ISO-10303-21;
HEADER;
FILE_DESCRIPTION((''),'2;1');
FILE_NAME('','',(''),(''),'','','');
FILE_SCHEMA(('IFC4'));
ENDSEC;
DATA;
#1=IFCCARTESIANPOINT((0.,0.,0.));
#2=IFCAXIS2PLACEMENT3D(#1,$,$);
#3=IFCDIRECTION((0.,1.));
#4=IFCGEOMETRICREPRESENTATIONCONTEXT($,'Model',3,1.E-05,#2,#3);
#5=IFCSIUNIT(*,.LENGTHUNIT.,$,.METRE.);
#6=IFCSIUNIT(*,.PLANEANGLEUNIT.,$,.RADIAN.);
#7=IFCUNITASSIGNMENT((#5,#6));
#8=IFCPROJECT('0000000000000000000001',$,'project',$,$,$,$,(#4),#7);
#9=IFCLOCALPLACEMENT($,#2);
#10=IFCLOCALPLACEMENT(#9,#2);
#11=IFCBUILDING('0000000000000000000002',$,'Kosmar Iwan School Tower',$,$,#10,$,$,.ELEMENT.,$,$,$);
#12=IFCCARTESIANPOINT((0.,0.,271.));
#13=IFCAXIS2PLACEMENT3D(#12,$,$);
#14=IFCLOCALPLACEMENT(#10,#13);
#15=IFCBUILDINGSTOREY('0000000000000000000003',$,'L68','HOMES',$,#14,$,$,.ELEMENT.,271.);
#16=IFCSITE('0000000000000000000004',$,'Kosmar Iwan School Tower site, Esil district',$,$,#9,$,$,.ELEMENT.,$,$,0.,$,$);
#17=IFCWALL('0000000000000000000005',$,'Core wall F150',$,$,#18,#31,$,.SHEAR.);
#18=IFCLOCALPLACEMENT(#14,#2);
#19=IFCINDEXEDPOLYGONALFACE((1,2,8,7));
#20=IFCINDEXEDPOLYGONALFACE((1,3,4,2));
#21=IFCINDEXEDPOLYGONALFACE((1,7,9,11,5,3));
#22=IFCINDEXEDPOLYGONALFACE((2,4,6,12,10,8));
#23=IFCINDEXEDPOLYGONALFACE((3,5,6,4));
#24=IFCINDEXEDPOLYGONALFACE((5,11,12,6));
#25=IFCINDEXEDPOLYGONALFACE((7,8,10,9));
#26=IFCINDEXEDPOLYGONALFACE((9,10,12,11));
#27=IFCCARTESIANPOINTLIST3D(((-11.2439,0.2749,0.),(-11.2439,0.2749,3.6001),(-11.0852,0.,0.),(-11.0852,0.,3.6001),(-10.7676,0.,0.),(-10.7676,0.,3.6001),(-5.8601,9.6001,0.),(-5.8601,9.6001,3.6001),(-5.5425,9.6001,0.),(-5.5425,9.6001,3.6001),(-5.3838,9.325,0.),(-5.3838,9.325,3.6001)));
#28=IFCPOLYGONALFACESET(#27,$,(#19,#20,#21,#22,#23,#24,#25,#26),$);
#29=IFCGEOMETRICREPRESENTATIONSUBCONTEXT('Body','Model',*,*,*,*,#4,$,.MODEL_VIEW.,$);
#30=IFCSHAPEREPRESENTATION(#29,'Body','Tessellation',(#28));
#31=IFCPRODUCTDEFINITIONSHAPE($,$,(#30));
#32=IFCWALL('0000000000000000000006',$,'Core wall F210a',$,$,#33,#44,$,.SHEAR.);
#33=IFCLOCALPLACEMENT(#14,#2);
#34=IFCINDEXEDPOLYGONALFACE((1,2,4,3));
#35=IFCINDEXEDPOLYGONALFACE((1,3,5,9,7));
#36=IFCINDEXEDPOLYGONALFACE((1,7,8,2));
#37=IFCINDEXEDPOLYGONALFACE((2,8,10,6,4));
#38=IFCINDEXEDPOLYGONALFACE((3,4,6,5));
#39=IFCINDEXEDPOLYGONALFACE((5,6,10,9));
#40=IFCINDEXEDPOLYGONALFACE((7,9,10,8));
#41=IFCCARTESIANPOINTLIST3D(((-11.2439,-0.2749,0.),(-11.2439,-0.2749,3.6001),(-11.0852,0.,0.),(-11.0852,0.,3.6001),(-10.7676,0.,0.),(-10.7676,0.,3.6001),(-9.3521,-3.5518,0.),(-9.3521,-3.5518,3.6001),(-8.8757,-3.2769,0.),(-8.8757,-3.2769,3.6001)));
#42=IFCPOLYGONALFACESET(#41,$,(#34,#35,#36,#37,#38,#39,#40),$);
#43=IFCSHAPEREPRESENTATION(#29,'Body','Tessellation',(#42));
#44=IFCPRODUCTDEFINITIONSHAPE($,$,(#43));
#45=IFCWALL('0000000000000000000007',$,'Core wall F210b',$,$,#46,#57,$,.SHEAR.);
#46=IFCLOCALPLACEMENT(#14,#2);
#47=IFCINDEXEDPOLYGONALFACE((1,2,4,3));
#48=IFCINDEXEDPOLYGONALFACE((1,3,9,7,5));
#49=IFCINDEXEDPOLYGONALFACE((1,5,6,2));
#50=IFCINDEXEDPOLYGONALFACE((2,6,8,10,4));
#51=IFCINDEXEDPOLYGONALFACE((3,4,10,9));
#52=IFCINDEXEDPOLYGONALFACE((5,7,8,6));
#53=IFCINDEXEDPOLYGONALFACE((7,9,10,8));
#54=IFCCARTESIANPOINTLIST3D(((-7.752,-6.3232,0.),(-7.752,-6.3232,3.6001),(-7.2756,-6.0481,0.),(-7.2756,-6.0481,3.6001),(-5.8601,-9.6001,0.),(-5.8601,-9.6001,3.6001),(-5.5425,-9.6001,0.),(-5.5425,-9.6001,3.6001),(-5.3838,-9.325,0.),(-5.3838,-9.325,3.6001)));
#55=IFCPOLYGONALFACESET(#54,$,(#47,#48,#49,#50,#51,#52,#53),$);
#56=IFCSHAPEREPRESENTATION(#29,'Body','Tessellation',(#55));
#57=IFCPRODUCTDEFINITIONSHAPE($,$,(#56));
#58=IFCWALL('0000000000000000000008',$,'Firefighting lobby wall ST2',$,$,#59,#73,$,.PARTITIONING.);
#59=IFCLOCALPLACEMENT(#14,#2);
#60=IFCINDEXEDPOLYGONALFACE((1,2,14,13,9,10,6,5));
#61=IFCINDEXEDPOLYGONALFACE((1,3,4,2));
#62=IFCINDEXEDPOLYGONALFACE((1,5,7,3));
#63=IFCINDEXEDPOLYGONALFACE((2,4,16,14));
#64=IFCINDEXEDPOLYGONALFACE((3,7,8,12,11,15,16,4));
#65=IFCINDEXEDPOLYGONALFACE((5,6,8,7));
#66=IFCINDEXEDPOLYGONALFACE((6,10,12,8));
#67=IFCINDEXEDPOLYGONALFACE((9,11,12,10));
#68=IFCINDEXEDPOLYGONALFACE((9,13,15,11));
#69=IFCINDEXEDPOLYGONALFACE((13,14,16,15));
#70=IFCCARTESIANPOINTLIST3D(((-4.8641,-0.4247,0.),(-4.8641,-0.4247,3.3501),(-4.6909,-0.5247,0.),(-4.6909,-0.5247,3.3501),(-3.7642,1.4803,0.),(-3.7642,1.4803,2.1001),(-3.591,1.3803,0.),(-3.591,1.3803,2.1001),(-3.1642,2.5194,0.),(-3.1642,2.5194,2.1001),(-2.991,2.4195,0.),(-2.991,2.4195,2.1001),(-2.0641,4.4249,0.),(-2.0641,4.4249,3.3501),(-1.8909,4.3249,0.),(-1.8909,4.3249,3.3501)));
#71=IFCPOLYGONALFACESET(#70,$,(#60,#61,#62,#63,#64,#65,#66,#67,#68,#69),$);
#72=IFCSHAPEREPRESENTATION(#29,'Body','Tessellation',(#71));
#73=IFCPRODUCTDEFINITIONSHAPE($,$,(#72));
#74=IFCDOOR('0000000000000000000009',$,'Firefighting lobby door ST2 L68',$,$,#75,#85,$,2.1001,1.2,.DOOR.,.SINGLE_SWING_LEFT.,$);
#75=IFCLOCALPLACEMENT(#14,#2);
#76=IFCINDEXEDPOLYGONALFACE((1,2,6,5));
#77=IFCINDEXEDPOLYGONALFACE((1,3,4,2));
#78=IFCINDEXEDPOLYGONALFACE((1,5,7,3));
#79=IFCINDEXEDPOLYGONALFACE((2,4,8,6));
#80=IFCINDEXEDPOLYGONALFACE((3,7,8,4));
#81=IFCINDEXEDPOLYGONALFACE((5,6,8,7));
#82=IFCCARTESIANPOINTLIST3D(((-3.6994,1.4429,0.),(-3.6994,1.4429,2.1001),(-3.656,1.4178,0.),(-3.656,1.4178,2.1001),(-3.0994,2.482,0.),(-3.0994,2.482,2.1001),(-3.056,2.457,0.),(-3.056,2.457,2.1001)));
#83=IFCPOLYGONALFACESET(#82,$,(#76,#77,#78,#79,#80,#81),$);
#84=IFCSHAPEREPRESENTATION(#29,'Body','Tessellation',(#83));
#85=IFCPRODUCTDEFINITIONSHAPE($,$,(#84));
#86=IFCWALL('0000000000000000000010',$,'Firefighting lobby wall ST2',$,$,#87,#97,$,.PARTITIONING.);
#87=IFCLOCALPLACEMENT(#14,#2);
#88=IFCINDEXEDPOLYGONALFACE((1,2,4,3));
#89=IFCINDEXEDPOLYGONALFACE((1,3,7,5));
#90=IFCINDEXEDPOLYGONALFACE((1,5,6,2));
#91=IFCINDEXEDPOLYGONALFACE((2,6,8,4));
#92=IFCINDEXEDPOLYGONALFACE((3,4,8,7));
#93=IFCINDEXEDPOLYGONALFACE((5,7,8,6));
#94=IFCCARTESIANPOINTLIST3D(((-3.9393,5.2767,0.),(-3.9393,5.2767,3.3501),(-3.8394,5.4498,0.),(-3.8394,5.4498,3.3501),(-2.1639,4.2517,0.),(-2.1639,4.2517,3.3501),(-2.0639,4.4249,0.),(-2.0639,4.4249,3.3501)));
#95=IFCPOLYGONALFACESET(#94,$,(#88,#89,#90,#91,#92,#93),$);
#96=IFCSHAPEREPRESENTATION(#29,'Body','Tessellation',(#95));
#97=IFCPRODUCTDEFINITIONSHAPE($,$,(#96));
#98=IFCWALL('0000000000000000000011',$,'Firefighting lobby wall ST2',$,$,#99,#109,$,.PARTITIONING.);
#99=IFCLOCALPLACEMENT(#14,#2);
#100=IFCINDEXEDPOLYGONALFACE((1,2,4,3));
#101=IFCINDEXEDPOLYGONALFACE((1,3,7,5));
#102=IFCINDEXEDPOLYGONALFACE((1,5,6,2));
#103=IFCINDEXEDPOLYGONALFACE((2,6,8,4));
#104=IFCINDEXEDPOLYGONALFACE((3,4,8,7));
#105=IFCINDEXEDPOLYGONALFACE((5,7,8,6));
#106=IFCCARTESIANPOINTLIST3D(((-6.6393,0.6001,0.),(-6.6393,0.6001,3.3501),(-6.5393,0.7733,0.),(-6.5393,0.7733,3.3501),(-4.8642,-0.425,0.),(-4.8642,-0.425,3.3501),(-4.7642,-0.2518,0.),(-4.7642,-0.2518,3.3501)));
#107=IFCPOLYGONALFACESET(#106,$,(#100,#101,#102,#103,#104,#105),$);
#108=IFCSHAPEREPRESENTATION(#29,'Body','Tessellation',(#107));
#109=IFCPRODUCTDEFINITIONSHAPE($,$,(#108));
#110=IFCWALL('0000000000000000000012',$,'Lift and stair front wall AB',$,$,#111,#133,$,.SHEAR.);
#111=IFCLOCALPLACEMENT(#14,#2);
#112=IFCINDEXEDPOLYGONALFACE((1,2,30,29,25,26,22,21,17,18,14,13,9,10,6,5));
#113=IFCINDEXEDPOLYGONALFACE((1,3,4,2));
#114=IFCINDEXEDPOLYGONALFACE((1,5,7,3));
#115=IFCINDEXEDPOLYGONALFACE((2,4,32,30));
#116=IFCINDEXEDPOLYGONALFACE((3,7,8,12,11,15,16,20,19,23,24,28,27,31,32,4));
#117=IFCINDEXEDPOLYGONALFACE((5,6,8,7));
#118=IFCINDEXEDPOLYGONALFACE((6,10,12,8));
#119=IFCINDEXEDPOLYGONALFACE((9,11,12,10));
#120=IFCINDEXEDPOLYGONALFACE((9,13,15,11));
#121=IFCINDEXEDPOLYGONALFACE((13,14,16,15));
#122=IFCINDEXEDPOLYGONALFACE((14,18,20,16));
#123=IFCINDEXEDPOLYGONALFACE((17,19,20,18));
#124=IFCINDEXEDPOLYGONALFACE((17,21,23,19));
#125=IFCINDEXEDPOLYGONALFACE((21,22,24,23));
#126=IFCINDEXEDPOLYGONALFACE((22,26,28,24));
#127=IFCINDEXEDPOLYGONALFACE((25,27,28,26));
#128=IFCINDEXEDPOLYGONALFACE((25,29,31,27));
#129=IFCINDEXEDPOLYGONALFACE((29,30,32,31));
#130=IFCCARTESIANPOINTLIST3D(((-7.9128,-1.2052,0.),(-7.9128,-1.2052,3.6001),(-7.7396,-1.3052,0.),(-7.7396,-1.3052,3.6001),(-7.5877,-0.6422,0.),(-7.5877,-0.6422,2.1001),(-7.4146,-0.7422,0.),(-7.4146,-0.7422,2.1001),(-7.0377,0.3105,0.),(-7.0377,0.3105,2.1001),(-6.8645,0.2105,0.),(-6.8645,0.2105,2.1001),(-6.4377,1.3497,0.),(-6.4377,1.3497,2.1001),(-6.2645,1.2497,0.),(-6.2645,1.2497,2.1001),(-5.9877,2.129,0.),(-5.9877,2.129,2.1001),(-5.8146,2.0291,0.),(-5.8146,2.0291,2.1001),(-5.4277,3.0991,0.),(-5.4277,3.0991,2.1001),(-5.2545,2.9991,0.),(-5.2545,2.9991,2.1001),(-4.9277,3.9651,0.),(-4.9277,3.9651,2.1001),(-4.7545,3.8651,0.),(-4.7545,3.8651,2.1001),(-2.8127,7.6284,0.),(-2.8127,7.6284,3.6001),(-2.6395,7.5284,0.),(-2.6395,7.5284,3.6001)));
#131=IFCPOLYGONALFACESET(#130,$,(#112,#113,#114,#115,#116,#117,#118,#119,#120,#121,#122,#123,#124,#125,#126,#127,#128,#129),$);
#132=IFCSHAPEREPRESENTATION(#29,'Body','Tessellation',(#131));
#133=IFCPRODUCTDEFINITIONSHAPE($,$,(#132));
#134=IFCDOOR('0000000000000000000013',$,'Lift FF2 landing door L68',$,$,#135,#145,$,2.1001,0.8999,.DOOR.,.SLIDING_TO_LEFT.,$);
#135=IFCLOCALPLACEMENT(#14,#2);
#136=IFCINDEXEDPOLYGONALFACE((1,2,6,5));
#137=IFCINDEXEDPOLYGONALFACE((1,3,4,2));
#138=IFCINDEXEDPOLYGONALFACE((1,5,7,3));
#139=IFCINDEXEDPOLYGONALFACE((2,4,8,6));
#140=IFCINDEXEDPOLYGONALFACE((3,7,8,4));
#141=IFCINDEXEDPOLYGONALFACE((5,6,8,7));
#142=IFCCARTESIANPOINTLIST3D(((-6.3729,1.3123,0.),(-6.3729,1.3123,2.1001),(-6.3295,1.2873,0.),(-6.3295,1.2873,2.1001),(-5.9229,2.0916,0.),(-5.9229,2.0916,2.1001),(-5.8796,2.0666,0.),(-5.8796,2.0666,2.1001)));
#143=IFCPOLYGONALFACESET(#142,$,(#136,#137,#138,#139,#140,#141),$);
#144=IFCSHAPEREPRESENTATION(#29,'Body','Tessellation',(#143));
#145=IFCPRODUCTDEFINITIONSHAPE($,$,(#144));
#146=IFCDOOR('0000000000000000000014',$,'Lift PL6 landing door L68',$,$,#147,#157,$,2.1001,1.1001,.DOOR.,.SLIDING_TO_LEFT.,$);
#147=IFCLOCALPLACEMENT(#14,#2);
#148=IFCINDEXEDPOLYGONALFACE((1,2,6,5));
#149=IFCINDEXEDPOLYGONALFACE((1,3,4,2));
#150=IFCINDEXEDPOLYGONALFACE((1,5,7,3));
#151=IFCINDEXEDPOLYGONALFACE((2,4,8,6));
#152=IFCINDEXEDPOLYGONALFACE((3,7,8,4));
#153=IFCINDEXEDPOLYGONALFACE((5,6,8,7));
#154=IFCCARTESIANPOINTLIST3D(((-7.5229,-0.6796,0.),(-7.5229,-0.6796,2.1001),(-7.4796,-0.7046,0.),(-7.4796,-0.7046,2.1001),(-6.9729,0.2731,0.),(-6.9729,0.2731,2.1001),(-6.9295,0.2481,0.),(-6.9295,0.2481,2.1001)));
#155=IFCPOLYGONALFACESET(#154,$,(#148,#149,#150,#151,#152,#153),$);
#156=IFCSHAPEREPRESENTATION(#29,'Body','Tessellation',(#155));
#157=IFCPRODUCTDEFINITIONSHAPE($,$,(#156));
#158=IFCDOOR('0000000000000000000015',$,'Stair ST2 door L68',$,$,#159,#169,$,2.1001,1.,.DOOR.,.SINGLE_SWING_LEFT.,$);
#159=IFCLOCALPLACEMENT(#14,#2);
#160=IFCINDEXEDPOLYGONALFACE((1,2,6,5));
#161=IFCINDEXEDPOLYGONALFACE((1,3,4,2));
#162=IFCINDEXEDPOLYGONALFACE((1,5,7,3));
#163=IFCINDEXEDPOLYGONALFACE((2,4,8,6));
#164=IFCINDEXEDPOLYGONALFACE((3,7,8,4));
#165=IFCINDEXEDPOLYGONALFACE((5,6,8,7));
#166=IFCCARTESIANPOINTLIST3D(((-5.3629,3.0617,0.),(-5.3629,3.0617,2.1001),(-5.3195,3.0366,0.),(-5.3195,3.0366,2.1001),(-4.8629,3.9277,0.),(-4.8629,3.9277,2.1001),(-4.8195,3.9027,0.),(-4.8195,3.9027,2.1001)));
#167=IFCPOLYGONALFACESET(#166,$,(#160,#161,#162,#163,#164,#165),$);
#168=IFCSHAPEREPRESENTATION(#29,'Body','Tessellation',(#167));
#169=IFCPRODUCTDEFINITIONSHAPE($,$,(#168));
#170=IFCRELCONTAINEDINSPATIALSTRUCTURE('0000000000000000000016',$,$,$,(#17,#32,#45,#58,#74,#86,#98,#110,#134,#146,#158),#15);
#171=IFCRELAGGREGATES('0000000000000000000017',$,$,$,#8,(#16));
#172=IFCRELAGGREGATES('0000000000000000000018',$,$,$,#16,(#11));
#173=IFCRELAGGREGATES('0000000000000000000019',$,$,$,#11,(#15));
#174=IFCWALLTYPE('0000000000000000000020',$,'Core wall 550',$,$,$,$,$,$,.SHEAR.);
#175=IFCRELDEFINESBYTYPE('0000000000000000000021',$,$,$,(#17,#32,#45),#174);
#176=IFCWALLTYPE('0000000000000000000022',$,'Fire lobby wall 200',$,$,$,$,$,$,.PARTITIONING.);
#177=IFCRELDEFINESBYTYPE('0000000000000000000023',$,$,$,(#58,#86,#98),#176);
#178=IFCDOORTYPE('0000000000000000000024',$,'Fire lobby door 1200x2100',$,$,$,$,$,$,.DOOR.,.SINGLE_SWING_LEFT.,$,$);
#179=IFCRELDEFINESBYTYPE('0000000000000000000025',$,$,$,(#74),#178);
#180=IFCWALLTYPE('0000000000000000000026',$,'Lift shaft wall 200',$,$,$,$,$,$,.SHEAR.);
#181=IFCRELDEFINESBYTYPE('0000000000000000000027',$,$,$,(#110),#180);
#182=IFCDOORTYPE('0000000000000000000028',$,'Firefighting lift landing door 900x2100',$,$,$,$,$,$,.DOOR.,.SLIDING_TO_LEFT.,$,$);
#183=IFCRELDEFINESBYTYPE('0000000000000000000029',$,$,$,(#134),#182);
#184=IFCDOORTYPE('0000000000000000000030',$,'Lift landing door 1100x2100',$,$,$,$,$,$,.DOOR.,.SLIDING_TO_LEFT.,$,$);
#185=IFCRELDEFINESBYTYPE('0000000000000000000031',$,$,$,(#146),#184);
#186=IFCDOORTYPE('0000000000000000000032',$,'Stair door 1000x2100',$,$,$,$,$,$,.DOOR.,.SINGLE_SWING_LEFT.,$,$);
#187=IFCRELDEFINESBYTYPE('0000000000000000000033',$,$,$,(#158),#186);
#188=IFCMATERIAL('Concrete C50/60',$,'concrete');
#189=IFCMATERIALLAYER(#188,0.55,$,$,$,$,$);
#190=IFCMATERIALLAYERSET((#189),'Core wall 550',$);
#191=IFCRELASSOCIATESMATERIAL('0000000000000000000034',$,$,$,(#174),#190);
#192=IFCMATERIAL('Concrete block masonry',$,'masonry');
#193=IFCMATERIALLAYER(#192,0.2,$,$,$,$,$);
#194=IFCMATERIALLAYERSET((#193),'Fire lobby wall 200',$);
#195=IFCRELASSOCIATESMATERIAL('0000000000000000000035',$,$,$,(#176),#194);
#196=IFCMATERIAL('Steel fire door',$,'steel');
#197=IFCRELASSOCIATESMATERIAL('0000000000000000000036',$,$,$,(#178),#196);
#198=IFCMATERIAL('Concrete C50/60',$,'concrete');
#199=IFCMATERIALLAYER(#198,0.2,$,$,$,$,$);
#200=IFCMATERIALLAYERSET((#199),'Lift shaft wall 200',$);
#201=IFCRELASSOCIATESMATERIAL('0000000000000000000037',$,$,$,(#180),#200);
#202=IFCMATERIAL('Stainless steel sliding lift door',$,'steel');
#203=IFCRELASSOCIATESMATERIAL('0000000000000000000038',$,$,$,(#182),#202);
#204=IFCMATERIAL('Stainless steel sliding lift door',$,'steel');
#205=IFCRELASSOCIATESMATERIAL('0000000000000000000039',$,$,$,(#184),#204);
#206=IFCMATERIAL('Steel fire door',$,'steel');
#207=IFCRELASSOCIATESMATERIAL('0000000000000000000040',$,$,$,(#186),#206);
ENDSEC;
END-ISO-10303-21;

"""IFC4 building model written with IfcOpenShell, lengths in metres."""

from ifc_helpers import new_model, si_unit, direction, frame, frame_2d, origin, place, context, subcontext, project, spatial, polyline, rectangle, outline, extrude, material, layer, layer_set, type_object, element, fill, save


model = new_model("IFC4")

# Units and contexts
model_context = context("Model", 3, precision=1e-05, world=origin(), true_north=direction((0.0, 1.0)))
body_context = subcontext(model_context, "Body", "Model", "MODEL_VIEW")
ifc_project = project(units=[si_unit("LENGTHUNIT", "METRE"), si_unit("PLANEANGLEUNIT", "RADIAN")], contexts=[model_context])

# Site, building, storey
site_placement = place(None, origin())
site = spatial("IfcSite", under=ifc_project, at=site_placement, Name="Kosmar Iwan School Tower site, Esil district", CompositionType="ELEMENT", RefElevation=0.0)
building_placement = place(site_placement, origin())
building = spatial("IfcBuilding", under=site, at=building_placement, Name="Kosmar Iwan School Tower", CompositionType="ELEMENT")
storey_placement = place(building_placement, frame((0.0, 0.0, 271.0)))
storey = spatial("IfcBuildingStorey", under=building, at=storey_placement, Name="L68", Description="HOMES", CompositionType="ELEMENT", Elevation=271.0)

# Walls
ifc_material_1 = material(Name="Concrete C50/60", Category="concrete")
ifc_layer_1 = layer(ifc_material_1, 0.55)
ifc_layer_set_1 = layer_set([ifc_layer_1], Name="Core wall 550")
wall_type_1 = type_object("IfcWallType", Name="Core wall 550", PredefinedType="SHEAR", material=ifc_layer_set_1)
wall_1_placement = place(storey_placement, origin())
element("IfcWall", 1, at=wall_1_placement, inside=storey, type_object=wall_type_1, Name="Core wall F150", PredefinedType="SHEAR", context=body_context, shape_type="SweptSolid", body=[
    extrude(outline(polyline([(-11.0852, 0.0), (-10.7676, 0.0), (-5.3838, 9.325), (-5.5425, 9.6001), (-5.8601, 9.6001), (-11.2439, 0.2749), (-11.0852, 0.0)])), origin(), (0.0, 0.0, 1.0), 3.6001),
])
wall_2_placement = place(storey_placement, origin())
element("IfcWall", 2, at=wall_2_placement, inside=storey, type_object=wall_type_1, Name="Core wall F210a", PredefinedType="SHEAR", context=body_context, shape_type="SweptSolid", body=[
    extrude(outline(polyline([(-9.3521, -3.5518), (-8.8757, -3.2769), (-10.7676, 0.0), (-11.0852, 0.0), (-11.2439, -0.2749), (-9.3521, -3.5518)])), origin(), (0.0, 0.0, 1.0), 3.6001),
])
wall_3_placement = place(storey_placement, origin())
element("IfcWall", 3, at=wall_3_placement, inside=storey, type_object=wall_type_1, Name="Core wall F210b", PredefinedType="SHEAR", context=body_context, shape_type="SweptSolid", body=[
    extrude(outline(polyline([(-5.8601, -9.6001), (-5.5425, -9.6001), (-5.3838, -9.325), (-7.2756, -6.0481), (-7.752, -6.3232), (-5.8601, -9.6001)])), origin(), (0.0, 0.0, 1.0), 3.6001),
])

# Wall, opening, door
ifc_material_2 = material(Name="Concrete block masonry", Category="masonry")
ifc_layer_2 = layer(ifc_material_2, 0.2)
ifc_layer_set_2 = layer_set([ifc_layer_2], Name="Fire lobby wall 200")
wall_type_2 = type_object("IfcWallType", Name="Fire lobby wall 200", PredefinedType="PARTITIONING", material=ifc_layer_set_2)
wall_4_placement = place(storey_placement, frame((-1.9775, 4.3748, 0.0), z_axis=(0.0, 0.0, 1.0), x_axis=(-0.500017, -0.866016, 0.0)))
wall_4 = element("IfcWall", 4, at=wall_4_placement, inside=storey, type_object=wall_type_2, Name="Firefighting lobby wall ST2", PredefinedType="PARTITIONING", context=body_context, shape_type="SweptSolid", body=[
    extrude(rectangle(XDim=5.5999, YDim=0.2, at=frame_2d((2.7998, 0.0))), origin(), (0.0, 0.0, 1.0), 3.3501),
])
opening_1_placement = place(wall_4_placement, frame((2.2, 0.0, 0.0)))
opening_1 = element("IfcOpeningElement", 5, at=opening_1_placement, cuts=wall_4, PredefinedType="OPENING", context=body_context, shape_type="SweptSolid", body=[
    extrude(rectangle(XDim=1.2, YDim=2.1001, at=frame_2d((0.6001, 1.05))), frame((0.0, 0.1121, 0.0), z_axis=(0.0, -1.0, 0.0), x_axis=(1.0, 0.0, 0.0)), (0.0, 0.0, 1.0), 0.2239),
])
ifc_material_3 = material(Name="Steel fire door", Category="steel")
door_type_1 = type_object("IfcDoorType", Name="Fire lobby door 1200x2100", OperationType="SINGLE_SWING_LEFT", PredefinedType="DOOR", material=ifc_material_3)
door_1_placement = place(opening_1_placement, origin())
door_1 = element("IfcDoor", 6, at=door_1_placement, inside=storey, type_object=door_type_1, Name="Firefighting lobby door ST2 L68", OperationType="SINGLE_SWING_LEFT", OverallHeight=2.1001, OverallWidth=1.2, PredefinedType="DOOR", context=body_context, shape_type="SweptSolid", body=[
    extrude(rectangle(XDim=1.2, YDim=2.1001, at=frame_2d((0.6001, 1.05))), frame((0.0, 0.0249, 0.0), z_axis=(0.0, -1.0, 0.0), x_axis=(1.0, 0.0, 0.0)), (0.0, 0.0, 1.0), 0.05),
])
fill(opening_1, door_1)

# Walls
wall_5_placement = place(storey_placement, frame((-2.114, 4.3384, 0.0), z_axis=(0.0, 0.0, 1.0), x_axis=(-0.866051, 0.499956, 0.0)))
element("IfcWall", 7, at=wall_5_placement, inside=storey, type_object=wall_type_2, Name="Firefighting lobby wall ST2", PredefinedType="PARTITIONING", context=body_context, shape_type="SweptSolid", body=[
    extrude(rectangle(XDim=2.05, YDim=0.2, at=frame_2d((1.0249, 0.0))), origin(), (0.0, 0.0, 1.0), 3.3501),
])
wall_6_placement = place(storey_placement, frame((-4.8142, -0.3384, 0.0), z_axis=(0.0, 0.0, 1.0), x_axis=(-0.865969, 0.500097, 0.0)))
element("IfcWall", 8, at=wall_6_placement, inside=storey, type_object=wall_type_2, Name="Firefighting lobby wall ST2", PredefinedType="PARTITIONING", context=body_context, shape_type="SweptSolid", body=[
    extrude(rectangle(XDim=2.0498, YDim=0.2, at=frame_2d((1.0249, 0.0))), origin(), (0.0, 0.0, 1.0), 3.3501),
])

# Wall, openings, doors
ifc_material_4 = material(Name="Concrete C50/60", Category="concrete")
ifc_layer_3 = layer(ifc_material_4, 0.2)
ifc_layer_set_3 = layer_set([ifc_layer_3], Name="Lift shaft wall 200")
wall_type_3 = type_object("IfcWallType", Name="Lift shaft wall 200", PredefinedType="SHEAR", material=ifc_layer_set_3)
wall_7_placement = place(storey_placement, frame((-2.7261, 7.5784, 0.0), z_axis=(0.0, 0.0, 1.0), x_axis=(-0.500006, -0.866022, 0.0)))
wall_7 = element("IfcWall", 9, at=wall_7_placement, inside=storey, type_object=wall_type_3, Name="Lift and stair front wall AB", PredefinedType="SHEAR", context=body_context, shape_type="SweptSolid", body=[
    extrude(rectangle(XDim=10.2002, YDim=0.2, at=frame_2d((5.1001, 0.0))), origin(), (0.0, 0.0, 1.0), 3.6001),
])
opening_2_placement = place(wall_7_placement, frame((6.3501, 0.0, 0.0)))
opening_2 = element("IfcOpeningElement", 10, at=opening_2_placement, cuts=wall_7, PredefinedType="OPENING", context=body_context, shape_type="SweptSolid", body=[
    extrude(rectangle(XDim=0.8999, YDim=2.1001, at=frame_2d((0.45, 1.05))), frame((0.0, 0.1121, 0.0), z_axis=(0.0, -1.0, 0.0), x_axis=(1.0, 0.0, 0.0)), (0.0, 0.0, 1.0), 0.2239),
])
opening_3_placement = place(wall_7_placement, frame((8.45, 0.0, 0.0)))
opening_3 = element("IfcOpeningElement", 11, at=opening_3_placement, cuts=wall_7, PredefinedType="OPENING", context=body_context, shape_type="SweptSolid", body=[
    extrude(rectangle(XDim=1.1001, YDim=2.1001, at=frame_2d((0.55, 1.05))), frame((0.0, 0.1121, 0.0), z_axis=(0.0, -1.0, 0.0), x_axis=(1.0, 0.0, 0.0)), (0.0, 0.0, 1.0), 0.2239),
])
opening_4_placement = place(wall_7_placement, frame((4.23, 0.0, 0.0)))
opening_4 = element("IfcOpeningElement", 12, at=opening_4_placement, cuts=wall_7, PredefinedType="OPENING", context=body_context, shape_type="SweptSolid", body=[
    extrude(rectangle(XDim=1.0, YDim=2.1001, at=frame_2d((0.5, 1.05))), frame((0.0, 0.1121, 0.0), z_axis=(0.0, -1.0, 0.0), x_axis=(1.0, 0.0, 0.0)), (0.0, 0.0, 1.0), 0.2239),
])
ifc_material_5 = material(Name="Stainless steel sliding lift door", Category="steel")
door_type_2 = type_object("IfcDoorType", Name="Firefighting lift landing door 900x2100", OperationType="SLIDING_TO_LEFT", PredefinedType="DOOR", material=ifc_material_5)
door_2_placement = place(opening_2_placement, origin())
door_2 = element("IfcDoor", 13, at=door_2_placement, inside=storey, type_object=door_type_2, Name="Lift FF2 landing door L68", OperationType="SLIDING_TO_LEFT", OverallHeight=2.1001, OverallWidth=0.8999, PredefinedType="DOOR", context=body_context, shape_type="SweptSolid", body=[
    extrude(rectangle(XDim=0.8999, YDim=2.1001, at=frame_2d((0.45, 1.05))), frame((0.0, 0.0249, 0.0), z_axis=(0.0, -1.0, 0.0), x_axis=(1.0, 0.0, 0.0)), (0.0, 0.0, 1.0), 0.05),
])
fill(opening_2, door_2)
ifc_material_6 = material(Name="Stainless steel sliding lift door", Category="steel")
door_type_3 = type_object("IfcDoorType", Name="Lift landing door 1100x2100", OperationType="SLIDING_TO_LEFT", PredefinedType="DOOR", material=ifc_material_6)
door_3_placement = place(opening_3_placement, origin())
door_3 = element("IfcDoor", 14, at=door_3_placement, inside=storey, type_object=door_type_3, Name="Lift PL6 landing door L68", OperationType="SLIDING_TO_LEFT", OverallHeight=2.1001, OverallWidth=1.1001, PredefinedType="DOOR", context=body_context, shape_type="SweptSolid", body=[
    extrude(rectangle(XDim=1.1001, YDim=2.1001, at=frame_2d((0.55, 1.05))), frame((0.0, 0.0249, 0.0), z_axis=(0.0, -1.0, 0.0), x_axis=(1.0, 0.0, 0.0)), (0.0, 0.0, 1.0), 0.05),
])
fill(opening_3, door_3)
ifc_material_7 = material(Name="Steel fire door", Category="steel")
door_type_4 = type_object("IfcDoorType", Name="Stair door 1000x2100", OperationType="SINGLE_SWING_LEFT", PredefinedType="DOOR", material=ifc_material_7)
door_4_placement = place(opening_4_placement, origin())
door_4 = element("IfcDoor", 15, at=door_4_placement, inside=storey, type_object=door_type_4, Name="Stair ST2 door L68", OperationType="SINGLE_SWING_LEFT", OverallHeight=2.1001, OverallWidth=1.0, PredefinedType="DOOR", context=body_context, shape_type="SweptSolid", body=[
    extrude(rectangle(XDim=1.0, YDim=2.1001, at=frame_2d((0.5, 1.05))), frame((0.0, 0.0249, 0.0), z_axis=(0.0, -1.0, 0.0), x_axis=(1.0, 0.0, 0.0)), (0.0, 0.0, 1.0), 0.05),
])
fill(opening_4, door_4)

save(model, "model.ifc")
